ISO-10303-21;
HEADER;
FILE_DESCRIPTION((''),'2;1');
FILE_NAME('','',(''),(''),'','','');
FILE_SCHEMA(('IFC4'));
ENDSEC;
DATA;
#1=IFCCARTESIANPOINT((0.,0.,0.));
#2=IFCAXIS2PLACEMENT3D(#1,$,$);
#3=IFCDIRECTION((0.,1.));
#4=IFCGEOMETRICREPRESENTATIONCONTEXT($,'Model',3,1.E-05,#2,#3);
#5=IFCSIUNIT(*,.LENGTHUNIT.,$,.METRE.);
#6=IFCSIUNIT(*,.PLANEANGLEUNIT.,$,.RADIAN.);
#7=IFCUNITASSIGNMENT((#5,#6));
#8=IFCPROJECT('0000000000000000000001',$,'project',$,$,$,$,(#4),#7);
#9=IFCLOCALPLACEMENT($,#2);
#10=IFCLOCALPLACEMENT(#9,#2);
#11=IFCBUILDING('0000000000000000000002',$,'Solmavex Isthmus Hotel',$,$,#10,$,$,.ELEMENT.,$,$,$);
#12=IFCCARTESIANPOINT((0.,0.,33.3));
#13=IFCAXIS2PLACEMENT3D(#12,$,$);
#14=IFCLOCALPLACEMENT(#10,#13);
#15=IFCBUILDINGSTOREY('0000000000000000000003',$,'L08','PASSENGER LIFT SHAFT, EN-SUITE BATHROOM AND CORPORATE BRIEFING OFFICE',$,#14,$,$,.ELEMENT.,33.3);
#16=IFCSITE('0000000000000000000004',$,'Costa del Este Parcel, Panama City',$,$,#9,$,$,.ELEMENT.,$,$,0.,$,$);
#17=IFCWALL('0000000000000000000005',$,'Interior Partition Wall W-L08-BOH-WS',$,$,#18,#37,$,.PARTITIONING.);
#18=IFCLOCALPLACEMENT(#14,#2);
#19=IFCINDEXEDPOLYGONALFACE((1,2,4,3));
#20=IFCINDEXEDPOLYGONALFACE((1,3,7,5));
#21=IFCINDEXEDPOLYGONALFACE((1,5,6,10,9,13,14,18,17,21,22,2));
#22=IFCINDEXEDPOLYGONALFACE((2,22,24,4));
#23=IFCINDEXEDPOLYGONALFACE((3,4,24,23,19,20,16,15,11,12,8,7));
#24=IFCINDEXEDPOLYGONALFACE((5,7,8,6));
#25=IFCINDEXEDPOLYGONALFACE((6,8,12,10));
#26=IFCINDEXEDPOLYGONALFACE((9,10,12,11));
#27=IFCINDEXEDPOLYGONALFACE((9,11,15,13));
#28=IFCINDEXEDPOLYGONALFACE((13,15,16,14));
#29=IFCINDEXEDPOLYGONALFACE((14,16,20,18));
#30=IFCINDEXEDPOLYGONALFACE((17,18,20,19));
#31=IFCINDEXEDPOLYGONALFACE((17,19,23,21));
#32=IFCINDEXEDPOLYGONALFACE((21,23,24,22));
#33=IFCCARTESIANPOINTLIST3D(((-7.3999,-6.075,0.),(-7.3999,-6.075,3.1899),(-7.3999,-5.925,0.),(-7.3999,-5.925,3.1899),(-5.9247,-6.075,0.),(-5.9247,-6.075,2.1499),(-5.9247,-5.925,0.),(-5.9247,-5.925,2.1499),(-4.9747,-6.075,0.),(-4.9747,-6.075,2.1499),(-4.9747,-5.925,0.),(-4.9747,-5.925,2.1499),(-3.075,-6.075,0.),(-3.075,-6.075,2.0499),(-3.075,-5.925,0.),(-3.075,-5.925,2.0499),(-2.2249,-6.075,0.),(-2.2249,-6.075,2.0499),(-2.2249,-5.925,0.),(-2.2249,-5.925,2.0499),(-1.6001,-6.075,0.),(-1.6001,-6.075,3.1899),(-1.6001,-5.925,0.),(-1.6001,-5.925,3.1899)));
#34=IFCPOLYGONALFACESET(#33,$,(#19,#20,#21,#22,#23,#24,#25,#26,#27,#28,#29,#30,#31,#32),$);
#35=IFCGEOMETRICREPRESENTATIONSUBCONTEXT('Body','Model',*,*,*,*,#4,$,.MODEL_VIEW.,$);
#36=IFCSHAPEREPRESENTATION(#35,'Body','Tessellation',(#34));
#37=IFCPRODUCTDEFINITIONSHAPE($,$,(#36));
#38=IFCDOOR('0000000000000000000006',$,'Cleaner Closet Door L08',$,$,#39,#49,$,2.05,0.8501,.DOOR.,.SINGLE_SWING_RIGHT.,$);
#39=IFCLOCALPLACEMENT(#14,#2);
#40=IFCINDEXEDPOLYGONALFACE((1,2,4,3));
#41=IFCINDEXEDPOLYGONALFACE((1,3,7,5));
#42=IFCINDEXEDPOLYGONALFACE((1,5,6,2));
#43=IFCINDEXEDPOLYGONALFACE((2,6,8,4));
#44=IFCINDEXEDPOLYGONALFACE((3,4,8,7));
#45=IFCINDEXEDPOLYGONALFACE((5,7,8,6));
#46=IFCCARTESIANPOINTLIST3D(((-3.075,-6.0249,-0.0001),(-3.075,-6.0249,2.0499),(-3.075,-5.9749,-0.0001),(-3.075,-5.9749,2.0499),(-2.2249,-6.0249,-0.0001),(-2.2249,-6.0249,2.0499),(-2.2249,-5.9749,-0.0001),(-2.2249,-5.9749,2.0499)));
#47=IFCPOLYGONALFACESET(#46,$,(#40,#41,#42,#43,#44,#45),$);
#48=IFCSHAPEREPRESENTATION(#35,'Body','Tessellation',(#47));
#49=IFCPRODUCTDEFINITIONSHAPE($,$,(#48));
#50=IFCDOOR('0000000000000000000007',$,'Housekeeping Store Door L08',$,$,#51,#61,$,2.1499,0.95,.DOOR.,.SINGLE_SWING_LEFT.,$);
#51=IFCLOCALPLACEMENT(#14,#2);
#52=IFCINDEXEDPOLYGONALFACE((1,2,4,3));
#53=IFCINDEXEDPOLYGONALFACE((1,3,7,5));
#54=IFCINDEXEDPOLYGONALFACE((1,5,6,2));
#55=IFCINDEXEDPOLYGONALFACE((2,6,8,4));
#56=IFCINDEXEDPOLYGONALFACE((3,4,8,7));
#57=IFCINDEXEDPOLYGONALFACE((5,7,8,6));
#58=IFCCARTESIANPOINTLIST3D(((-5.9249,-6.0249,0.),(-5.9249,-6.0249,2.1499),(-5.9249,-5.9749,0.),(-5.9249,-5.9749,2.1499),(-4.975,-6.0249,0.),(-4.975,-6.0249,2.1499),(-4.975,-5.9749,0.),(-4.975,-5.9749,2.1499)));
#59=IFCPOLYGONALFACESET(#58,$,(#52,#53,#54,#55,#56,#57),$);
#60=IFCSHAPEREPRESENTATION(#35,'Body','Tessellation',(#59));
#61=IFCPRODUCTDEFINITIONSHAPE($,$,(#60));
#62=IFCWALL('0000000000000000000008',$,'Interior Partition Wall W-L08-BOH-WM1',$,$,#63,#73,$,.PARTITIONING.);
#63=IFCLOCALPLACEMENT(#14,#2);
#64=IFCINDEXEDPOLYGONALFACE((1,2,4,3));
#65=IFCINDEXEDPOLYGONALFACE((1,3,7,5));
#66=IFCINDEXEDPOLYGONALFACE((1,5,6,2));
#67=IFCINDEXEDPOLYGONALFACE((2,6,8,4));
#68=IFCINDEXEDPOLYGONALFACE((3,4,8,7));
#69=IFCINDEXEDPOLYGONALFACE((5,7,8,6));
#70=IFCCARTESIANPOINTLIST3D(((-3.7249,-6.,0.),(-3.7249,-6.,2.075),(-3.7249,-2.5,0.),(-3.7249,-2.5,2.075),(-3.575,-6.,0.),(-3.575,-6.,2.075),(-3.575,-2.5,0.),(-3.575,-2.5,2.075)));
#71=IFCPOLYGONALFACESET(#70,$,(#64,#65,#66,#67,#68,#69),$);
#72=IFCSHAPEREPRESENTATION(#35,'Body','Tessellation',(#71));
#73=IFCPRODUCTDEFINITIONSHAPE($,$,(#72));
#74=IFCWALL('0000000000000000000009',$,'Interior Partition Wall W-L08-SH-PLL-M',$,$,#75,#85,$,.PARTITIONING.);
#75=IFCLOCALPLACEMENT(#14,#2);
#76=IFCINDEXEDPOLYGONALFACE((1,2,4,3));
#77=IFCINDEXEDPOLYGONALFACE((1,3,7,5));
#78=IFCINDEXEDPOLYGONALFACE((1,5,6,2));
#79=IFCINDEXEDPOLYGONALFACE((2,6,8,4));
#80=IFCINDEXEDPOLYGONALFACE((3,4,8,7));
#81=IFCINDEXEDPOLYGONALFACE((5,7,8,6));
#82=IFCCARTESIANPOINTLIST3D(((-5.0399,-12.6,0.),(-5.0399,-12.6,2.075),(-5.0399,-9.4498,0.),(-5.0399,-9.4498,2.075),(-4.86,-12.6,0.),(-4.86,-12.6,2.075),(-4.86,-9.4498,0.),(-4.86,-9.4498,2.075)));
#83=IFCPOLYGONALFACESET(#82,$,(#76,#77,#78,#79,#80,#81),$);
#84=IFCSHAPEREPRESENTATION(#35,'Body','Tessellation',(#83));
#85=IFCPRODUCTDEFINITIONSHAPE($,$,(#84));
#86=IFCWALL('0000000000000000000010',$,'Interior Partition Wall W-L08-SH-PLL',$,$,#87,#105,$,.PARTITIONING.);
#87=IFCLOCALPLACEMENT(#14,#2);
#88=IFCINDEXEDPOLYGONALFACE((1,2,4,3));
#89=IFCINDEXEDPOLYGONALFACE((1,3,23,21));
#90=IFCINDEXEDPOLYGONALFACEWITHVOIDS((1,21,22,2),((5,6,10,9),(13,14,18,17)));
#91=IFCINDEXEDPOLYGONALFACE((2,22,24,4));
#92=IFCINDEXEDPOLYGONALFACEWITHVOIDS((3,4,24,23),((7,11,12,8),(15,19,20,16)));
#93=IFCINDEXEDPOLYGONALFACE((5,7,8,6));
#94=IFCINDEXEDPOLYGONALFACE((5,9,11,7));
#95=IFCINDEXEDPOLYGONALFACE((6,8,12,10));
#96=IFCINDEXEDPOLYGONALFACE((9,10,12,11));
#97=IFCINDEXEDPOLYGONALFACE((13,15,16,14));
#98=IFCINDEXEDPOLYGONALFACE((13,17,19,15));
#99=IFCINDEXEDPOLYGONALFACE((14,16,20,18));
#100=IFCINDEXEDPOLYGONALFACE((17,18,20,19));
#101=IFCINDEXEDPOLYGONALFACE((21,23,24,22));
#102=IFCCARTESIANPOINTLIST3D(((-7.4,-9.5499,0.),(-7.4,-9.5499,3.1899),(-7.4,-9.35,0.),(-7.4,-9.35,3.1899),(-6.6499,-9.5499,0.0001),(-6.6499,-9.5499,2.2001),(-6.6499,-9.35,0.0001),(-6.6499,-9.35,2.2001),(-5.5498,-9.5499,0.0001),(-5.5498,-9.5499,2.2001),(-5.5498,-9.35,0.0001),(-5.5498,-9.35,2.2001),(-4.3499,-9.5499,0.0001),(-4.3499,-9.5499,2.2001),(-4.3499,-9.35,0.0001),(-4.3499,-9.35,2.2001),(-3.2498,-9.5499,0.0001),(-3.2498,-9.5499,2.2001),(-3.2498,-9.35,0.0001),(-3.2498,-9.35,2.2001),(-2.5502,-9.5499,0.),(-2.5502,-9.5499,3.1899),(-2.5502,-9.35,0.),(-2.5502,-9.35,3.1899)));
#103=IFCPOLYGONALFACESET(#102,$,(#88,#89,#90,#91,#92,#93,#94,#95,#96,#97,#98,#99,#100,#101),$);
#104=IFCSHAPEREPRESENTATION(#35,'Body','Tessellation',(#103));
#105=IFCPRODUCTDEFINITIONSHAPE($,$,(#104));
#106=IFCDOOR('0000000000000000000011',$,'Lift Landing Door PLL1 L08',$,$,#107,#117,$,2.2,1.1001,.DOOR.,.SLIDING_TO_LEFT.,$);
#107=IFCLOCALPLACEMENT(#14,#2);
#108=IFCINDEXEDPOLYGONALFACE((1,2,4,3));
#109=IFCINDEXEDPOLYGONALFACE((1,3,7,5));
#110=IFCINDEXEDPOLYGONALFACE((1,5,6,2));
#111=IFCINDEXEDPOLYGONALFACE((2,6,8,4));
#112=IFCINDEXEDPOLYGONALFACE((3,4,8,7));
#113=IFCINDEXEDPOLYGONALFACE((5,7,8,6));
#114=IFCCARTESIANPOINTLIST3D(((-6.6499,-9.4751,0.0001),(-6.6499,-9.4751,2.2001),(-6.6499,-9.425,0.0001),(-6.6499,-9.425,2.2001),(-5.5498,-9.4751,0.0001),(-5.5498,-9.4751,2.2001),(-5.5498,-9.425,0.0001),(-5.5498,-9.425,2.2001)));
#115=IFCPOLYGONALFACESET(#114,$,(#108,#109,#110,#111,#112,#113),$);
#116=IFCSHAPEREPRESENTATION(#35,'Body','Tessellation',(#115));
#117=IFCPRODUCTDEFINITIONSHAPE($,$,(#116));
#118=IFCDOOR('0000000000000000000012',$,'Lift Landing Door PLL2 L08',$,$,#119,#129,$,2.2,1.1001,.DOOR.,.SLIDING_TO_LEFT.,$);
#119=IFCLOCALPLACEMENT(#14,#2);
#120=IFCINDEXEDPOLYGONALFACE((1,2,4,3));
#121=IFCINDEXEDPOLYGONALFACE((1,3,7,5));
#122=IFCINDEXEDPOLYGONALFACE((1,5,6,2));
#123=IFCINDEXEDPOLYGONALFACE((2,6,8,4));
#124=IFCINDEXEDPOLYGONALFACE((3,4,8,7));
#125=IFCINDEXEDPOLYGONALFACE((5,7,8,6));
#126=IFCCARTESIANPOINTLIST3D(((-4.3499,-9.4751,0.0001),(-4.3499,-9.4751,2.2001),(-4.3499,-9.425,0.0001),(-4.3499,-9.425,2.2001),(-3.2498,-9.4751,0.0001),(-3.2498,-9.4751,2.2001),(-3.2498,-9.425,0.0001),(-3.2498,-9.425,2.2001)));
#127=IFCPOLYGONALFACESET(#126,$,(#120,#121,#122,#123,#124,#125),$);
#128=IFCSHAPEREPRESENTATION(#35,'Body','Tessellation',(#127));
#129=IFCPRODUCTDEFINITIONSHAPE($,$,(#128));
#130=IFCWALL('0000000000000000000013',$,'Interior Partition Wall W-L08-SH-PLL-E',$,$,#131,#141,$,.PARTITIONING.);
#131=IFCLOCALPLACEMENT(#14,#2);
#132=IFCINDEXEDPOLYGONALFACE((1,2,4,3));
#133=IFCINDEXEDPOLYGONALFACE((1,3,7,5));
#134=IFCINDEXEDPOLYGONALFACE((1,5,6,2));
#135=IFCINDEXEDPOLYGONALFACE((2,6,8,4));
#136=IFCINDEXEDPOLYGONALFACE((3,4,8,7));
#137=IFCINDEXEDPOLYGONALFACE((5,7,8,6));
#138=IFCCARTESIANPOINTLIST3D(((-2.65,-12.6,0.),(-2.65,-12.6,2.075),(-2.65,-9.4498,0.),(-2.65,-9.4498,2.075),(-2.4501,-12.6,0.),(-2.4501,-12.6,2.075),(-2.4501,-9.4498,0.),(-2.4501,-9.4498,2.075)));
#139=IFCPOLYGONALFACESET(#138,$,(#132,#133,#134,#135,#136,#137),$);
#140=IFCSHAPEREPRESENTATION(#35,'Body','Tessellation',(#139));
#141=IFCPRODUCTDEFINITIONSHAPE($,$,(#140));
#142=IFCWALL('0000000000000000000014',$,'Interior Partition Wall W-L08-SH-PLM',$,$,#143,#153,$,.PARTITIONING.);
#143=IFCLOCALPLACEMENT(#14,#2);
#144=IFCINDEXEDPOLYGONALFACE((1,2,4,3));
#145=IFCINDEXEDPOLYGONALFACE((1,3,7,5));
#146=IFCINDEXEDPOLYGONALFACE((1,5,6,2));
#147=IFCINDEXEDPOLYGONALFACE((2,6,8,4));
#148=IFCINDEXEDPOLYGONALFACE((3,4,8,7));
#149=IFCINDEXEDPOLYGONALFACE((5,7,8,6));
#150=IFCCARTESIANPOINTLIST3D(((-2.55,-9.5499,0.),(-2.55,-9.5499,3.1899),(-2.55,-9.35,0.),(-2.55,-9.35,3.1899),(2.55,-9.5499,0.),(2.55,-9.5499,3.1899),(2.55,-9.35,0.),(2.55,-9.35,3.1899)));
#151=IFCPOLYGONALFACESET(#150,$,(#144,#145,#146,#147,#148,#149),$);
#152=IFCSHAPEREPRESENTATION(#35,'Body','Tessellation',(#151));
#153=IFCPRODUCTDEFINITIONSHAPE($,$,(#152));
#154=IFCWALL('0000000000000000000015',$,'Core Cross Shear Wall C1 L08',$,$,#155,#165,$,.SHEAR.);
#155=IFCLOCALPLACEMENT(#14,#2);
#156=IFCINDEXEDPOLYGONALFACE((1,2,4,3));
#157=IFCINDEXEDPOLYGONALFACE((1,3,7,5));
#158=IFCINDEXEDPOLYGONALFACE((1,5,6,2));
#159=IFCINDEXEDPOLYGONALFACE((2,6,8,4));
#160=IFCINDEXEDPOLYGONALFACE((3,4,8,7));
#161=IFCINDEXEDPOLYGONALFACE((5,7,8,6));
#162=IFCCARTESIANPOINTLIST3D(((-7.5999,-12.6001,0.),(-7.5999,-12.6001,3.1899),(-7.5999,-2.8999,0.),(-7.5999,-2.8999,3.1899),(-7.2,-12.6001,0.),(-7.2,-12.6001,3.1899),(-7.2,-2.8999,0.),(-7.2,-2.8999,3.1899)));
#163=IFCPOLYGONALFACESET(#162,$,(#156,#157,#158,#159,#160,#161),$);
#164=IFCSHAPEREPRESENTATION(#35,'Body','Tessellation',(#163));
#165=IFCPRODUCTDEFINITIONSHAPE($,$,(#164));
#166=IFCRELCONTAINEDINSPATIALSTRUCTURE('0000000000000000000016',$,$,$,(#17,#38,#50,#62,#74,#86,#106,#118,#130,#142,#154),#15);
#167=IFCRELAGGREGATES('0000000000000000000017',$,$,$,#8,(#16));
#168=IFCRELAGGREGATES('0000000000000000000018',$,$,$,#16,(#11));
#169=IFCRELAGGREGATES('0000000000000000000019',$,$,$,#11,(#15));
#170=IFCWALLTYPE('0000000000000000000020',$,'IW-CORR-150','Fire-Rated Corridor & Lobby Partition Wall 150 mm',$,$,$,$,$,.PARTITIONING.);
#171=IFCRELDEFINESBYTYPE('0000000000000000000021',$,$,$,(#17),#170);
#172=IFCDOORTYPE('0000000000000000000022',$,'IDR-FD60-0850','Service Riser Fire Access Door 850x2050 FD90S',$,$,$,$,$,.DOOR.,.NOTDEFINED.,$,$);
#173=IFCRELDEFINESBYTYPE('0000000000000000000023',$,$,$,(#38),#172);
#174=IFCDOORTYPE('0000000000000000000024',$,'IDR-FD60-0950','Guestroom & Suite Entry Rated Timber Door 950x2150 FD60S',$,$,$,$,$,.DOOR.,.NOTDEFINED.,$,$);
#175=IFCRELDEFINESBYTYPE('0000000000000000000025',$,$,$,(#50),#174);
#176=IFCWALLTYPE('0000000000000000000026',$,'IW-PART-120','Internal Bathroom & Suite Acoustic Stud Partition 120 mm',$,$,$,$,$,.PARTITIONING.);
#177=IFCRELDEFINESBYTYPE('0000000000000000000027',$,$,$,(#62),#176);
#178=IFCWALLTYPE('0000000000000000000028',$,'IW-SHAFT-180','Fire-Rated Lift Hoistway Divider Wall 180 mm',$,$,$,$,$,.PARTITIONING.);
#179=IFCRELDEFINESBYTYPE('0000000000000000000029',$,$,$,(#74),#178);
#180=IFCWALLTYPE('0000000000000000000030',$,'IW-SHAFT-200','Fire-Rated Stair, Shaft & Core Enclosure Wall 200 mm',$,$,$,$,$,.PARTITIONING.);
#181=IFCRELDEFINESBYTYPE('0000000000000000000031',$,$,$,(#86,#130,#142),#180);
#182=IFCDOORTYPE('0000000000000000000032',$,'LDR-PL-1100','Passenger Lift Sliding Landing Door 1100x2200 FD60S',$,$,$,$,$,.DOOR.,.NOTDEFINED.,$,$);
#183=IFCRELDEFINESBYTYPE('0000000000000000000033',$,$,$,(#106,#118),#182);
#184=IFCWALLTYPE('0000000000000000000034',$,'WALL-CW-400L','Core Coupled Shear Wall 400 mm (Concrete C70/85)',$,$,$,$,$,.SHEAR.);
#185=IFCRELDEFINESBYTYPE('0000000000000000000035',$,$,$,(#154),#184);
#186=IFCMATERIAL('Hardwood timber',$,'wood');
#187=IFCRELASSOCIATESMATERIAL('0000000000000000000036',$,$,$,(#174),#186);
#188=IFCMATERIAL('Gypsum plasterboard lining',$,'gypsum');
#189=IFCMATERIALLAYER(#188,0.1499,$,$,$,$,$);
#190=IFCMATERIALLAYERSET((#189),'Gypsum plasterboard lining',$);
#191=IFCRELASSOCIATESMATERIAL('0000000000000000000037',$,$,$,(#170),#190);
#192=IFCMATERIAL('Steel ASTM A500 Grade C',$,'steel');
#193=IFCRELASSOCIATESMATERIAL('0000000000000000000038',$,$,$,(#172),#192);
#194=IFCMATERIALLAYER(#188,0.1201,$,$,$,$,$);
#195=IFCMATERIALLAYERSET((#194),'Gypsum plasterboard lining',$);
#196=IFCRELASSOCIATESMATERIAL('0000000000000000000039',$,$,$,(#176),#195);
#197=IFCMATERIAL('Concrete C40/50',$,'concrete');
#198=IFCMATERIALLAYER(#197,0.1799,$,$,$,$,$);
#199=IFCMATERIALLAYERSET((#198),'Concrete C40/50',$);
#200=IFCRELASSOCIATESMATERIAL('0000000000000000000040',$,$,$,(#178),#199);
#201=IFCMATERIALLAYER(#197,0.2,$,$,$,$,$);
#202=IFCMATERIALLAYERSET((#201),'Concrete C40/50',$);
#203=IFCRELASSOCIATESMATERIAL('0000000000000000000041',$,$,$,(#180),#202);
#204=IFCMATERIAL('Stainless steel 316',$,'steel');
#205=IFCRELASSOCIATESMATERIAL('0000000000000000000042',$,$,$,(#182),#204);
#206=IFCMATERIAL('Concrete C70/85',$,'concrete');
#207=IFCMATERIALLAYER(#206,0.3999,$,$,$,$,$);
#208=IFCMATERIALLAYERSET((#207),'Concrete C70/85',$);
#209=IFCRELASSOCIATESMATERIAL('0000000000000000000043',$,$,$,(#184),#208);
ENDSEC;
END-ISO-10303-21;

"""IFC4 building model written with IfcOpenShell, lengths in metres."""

from ifc_helpers import new_model, si_unit, direction, frame, frame_2d, origin, place, context, subcontext, project, spatial, rectangle, extrude, material, layer, layer_set, type_object, element, fill, save


model = new_model("IFC4")

# Units and contexts
model_context = context("Model", 3, precision=1e-05, world=origin(), true_north=direction((0.0, 1.0)))
body_context = subcontext(model_context, "Body", "Model", "MODEL_VIEW")
ifc_project = project(units=[si_unit("LENGTHUNIT", "METRE"), si_unit("PLANEANGLEUNIT", "RADIAN")], contexts=[model_context])

# Site, building, storey
site_placement = place(None, origin())
site = spatial("IfcSite", under=ifc_project, at=site_placement, Name="Costa del Este Parcel, Panama City", CompositionType="ELEMENT", RefElevation=0.0)
building_placement = place(site_placement, origin())
building = spatial("IfcBuilding", under=site, at=building_placement, Name="Solmavex Isthmus Hotel", CompositionType="ELEMENT")
storey_placement = place(building_placement, frame((0.0, 0.0, 33.3)))
storey = spatial("IfcBuildingStorey", under=building, at=storey_placement, Name="L08", Description="PASSENGER LIFT SHAFT, EN-SUITE BATHROOM AND CORPORATE BRIEFING OFFICE", CompositionType="ELEMENT", Elevation=33.3)

# Shared definitions
ifc_material_1 = material(Name="Concrete C70/85", Category="concrete")

# Shared definitions
ifc_material_2 = material(Name="Gypsum plasterboard lining", Category="gypsum")
ifc_material_3 = material(Name="Hardwood timber", Category="wood")
door_type_1 = type_object("IfcDoorType", Name="IDR-FD60-0950", Description="Guestroom & Suite Entry Rated Timber Door 950x2150 FD60S", OperationType="NOTDEFINED", PredefinedType="DOOR", material=ifc_material_3)

# Wall, openings, doors
ifc_layer_1 = layer(ifc_material_2, 0.1499)
ifc_layer_set_1 = layer_set([ifc_layer_1], Name="Gypsum plasterboard lining")
wall_type_1 = type_object("IfcWallType", Name="IW-CORR-150", Description="Fire-Rated Corridor & Lobby Partition Wall 150 mm", PredefinedType="PARTITIONING", material=ifc_layer_set_1)
wall_1_placement = place(storey_placement, frame((-7.3999, -6.0, 0.0), z_axis=(0.0, 0.0, 1.0), x_axis=(1.0, 0.0, 0.0)))
wall_1 = element("IfcWall", 1, at=wall_1_placement, inside=storey, type_object=wall_type_1, Name="Interior Partition Wall W-L08-BOH-WS", PredefinedType="PARTITIONING", context=body_context, shape_type="SweptSolid", body=[
    extrude(rectangle(XDim=5.7998, YDim=0.1499, at=frame_2d((2.8999, 0.0))), origin(), (0.0, 0.0, 1.0), 3.1899),
])
opening_1_placement = place(wall_1_placement, frame((1.4751, 0.0, 0.0)))
opening_1 = element("IfcOpeningElement", 2, at=opening_1_placement, cuts=wall_1, PredefinedType="OPENING", context=body_context, shape_type="SweptSolid", body=[
    extrude(rectangle(XDim=0.95, YDim=2.1499, at=frame_2d((0.4751, 1.075))), frame((0.0, 0.085, 0.0), z_axis=(0.0, -1.0, 0.0), x_axis=(1.0, 0.0, 0.0)), (0.0, 0.0, 1.0), 0.1699),
])
opening_2_placement = place(wall_1_placement, frame((4.325, 0.0, 0.0)))
opening_2 = element("IfcOpeningElement", 3, at=opening_2_placement, cuts=wall_1, PredefinedType="OPENING", context=body_context, shape_type="SweptSolid", body=[
    extrude(rectangle(XDim=0.8501, YDim=2.05, at=frame_2d((0.425, 1.0249))), frame((0.0, 0.085, 0.0), z_axis=(0.0, -1.0, 0.0), x_axis=(1.0, 0.0, 0.0)), (0.0, 0.0, 1.0), 0.1699),
])
ifc_material_4 = material(Name="Steel ASTM A500 Grade C", Category="steel")
door_type_2 = type_object("IfcDoorType", Name="IDR-FD60-0850", Description="Service Riser Fire Access Door 850x2050 FD90S", OperationType="NOTDEFINED", PredefinedType="DOOR", material=ifc_material_4)
door_1_placement = place(opening_2_placement, frame((0.8501, 0.0, 0.0), z_axis=(0.0, 0.0, 1.0), x_axis=(-1.0, 0.0, 0.0)))
door_1 = element("IfcDoor", 4, at=door_1_placement, inside=storey, type_object=door_type_2, Name="Cleaner Closet Door L08", OperationType="SINGLE_SWING_RIGHT", OverallHeight=2.05, OverallWidth=0.8501, PredefinedType="DOOR", context=body_context, shape_type="SweptSolid", body=[
    extrude(rectangle(XDim=0.8501, YDim=2.05, at=frame_2d((0.425, 1.0249))), frame((0.0, 0.0249, 0.0), z_axis=(0.0, -1.0, 0.0), x_axis=(1.0, 0.0, 0.0)), (0.0, 0.0, 1.0), 0.05),
])
fill(opening_2, door_1)
door_2_placement = place(opening_1_placement, frame((0.95, 0.0, 0.0), z_axis=(0.0, 0.0, 1.0), x_axis=(-1.0, 0.0, 0.0)))
door_2 = element("IfcDoor", 5, at=door_2_placement, inside=storey, type_object=door_type_1, Name="Housekeeping Store Door L08", OperationType="SINGLE_SWING_LEFT", OverallHeight=2.1499, OverallWidth=0.95, PredefinedType="DOOR", context=body_context, shape_type="SweptSolid", body=[
    extrude(rectangle(XDim=0.95, YDim=2.1499, at=frame_2d((0.4751, 1.075))), frame((0.0, 0.0249, 0.0), z_axis=(0.0, -1.0, 0.0), x_axis=(1.0, 0.0, 0.0)), (0.0, 0.0, 1.0), 0.05),
])
fill(opening_1, door_2)

# Walls
ifc_layer_2 = layer(ifc_material_2, 0.1201)
ifc_layer_set_2 = layer_set([ifc_layer_2], Name="Gypsum plasterboard lining")
wall_type_2 = type_object("IfcWallType", Name="IW-PART-120", Description="Internal Bathroom & Suite Acoustic Stud Partition 120 mm", PredefinedType="PARTITIONING", material=ifc_layer_set_2)
wall_2_placement = place(storey_placement, frame((-3.6499, -6.0, 0.0), z_axis=(0.0, 0.0, 1.0), x_axis=(0.0, 1.0, 0.0)))
element("IfcWall", 6, at=wall_2_placement, inside=storey, type_object=wall_type_2, Name="Interior Partition Wall W-L08-BOH-WM1", PredefinedType="PARTITIONING", context=body_context, shape_type="SweptSolid", body=[
    extrude(rectangle(XDim=3.5, YDim=0.1499, at=frame_2d((1.75, 0.0))), origin(), (0.0, 0.0, 1.0), 2.075),
])
ifc_material_5 = material(Name="Concrete C40/50", Category="concrete")
ifc_layer_3 = layer(ifc_material_5, 0.1799)
ifc_layer_set_3 = layer_set([ifc_layer_3], Name="Concrete C40/50")
wall_type_3 = type_object("IfcWallType", Name="IW-SHAFT-180", Description="Fire-Rated Lift Hoistway Divider Wall 180 mm", PredefinedType="PARTITIONING", material=ifc_layer_set_3)
wall_3_placement = place(storey_placement, frame((-4.95, -12.6001, 0.0), z_axis=(0.0, 0.0, 1.0), x_axis=(0.0, 1.0, 0.0)))
element("IfcWall", 7, at=wall_3_placement, inside=storey, type_object=wall_type_3, Name="Interior Partition Wall W-L08-SH-PLL-M", PredefinedType="PARTITIONING", context=body_context, shape_type="SweptSolid", body=[
    extrude(rectangle(XDim=3.1501, YDim=0.1799, at=frame_2d((1.5752, 0.0))), origin(), (0.0, 0.0, 1.0), 2.075),
])

# Wall, openings, doors
ifc_layer_4 = layer(ifc_material_5, 0.2)
ifc_layer_set_4 = layer_set([ifc_layer_4], Name="Concrete C40/50")
wall_type_4 = type_object("IfcWallType", Name="IW-SHAFT-200", Description="Fire-Rated Stair, Shaft & Core Enclosure Wall 200 mm", PredefinedType="PARTITIONING", material=ifc_layer_set_4)
wall_4_placement = place(storey_placement, frame((-7.3999, -9.45, 0.0), z_axis=(0.0, 0.0, 1.0), x_axis=(1.0, 0.0, 0.0)))
wall_4 = element("IfcWall", 8, at=wall_4_placement, inside=storey, type_object=wall_type_4, Name="Interior Partition Wall W-L08-SH-PLL", PredefinedType="PARTITIONING", context=body_context, shape_type="SweptSolid", body=[
    extrude(rectangle(XDim=4.8499, YDim=0.2, at=frame_2d((2.4248, 0.0))), origin(), (0.0, 0.0, 1.0), 3.1899),
])
opening_3_placement = place(wall_4_placement, frame((0.75, 0.0, 0.0)))
opening_3 = element("IfcOpeningElement", 9, at=opening_3_placement, cuts=wall_4, PredefinedType="OPENING", context=body_context, shape_type="SweptSolid", body=[
    extrude(rectangle(XDim=1.1001, YDim=2.2, at=frame_2d((0.55, 1.1001))), frame((0.0, 0.1099, 0.0), z_axis=(0.0, -1.0, 0.0), x_axis=(1.0, 0.0, 0.0)), (0.0, 0.0, 1.0), 0.22),
])
opening_4_placement = place(wall_4_placement, frame((3.05, 0.0, 0.0)))
opening_4 = element("IfcOpeningElement", 10, at=opening_4_placement, cuts=wall_4, PredefinedType="OPENING", context=body_context, shape_type="SweptSolid", body=[
    extrude(rectangle(XDim=1.1001, YDim=2.2, at=frame_2d((0.55, 1.1001))), frame((0.0, 0.1099, 0.0), z_axis=(0.0, -1.0, 0.0), x_axis=(1.0, 0.0, 0.0)), (0.0, 0.0, 1.0), 0.22),
])
ifc_material_6 = material(Name="Stainless steel 316", Category="steel")
door_type_3 = type_object("IfcDoorType", Name="LDR-PL-1100", Description="Passenger Lift Sliding Landing Door 1100x2200 FD60S", OperationType="NOTDEFINED", PredefinedType="DOOR", material=ifc_material_6)
door_3_placement = place(opening_3_placement, origin())
door_3 = element("IfcDoor", 11, at=door_3_placement, inside=storey, type_object=door_type_3, Name="Lift Landing Door PLL1 L08", OperationType="SLIDING_TO_LEFT", OverallHeight=2.2, OverallWidth=1.1001, PredefinedType="DOOR", context=body_context, shape_type="SweptSolid", body=[
    extrude(rectangle(XDim=1.1001, YDim=2.2, at=frame_2d((0.55, 1.1001))), frame((0.0, 0.0249, 0.0), z_axis=(0.0, -1.0, 0.0), x_axis=(1.0, 0.0, 0.0)), (0.0, 0.0, 1.0), 0.05),
])
fill(opening_3, door_3)
door_4_placement = place(opening_4_placement, origin())
door_4 = element("IfcDoor", 12, at=door_4_placement, inside=storey, type_object=door_type_3, Name="Lift Landing Door PLL2 L08", OperationType="SLIDING_TO_LEFT", OverallHeight=2.2, OverallWidth=1.1001, PredefinedType="DOOR", context=body_context, shape_type="SweptSolid", body=[
    extrude(rectangle(XDim=1.1001, YDim=2.2, at=frame_2d((0.55, 1.1001))), frame((0.0, 0.0249, 0.0), z_axis=(0.0, -1.0, 0.0), x_axis=(1.0, 0.0, 0.0)), (0.0, 0.0, 1.0), 0.05),
])
fill(opening_4, door_4)

# Walls
wall_5_placement = place(storey_placement, frame((-2.55, -12.6001, 0.0), z_axis=(0.0, 0.0, 1.0), x_axis=(0.0, 1.0, 0.0)))
element("IfcWall", 13, at=wall_5_placement, inside=storey, type_object=wall_type_4, Name="Interior Partition Wall W-L08-SH-PLL-E", PredefinedType="PARTITIONING", context=body_context, shape_type="SweptSolid", body=[
    extrude(rectangle(XDim=3.1501, YDim=0.2, at=frame_2d((1.5752, 0.0))), origin(), (0.0, 0.0, 1.0), 2.075),
])
wall_6_placement = place(storey_placement, frame((-2.55, -9.45, 0.0), z_axis=(0.0, 0.0, 1.0), x_axis=(1.0, 0.0, 0.0)))
element("IfcWall", 14, at=wall_6_placement, inside=storey, type_object=wall_type_4, Name="Interior Partition Wall W-L08-SH-PLM", PredefinedType="PARTITIONING", context=body_context, shape_type="SweptSolid", body=[
    extrude(rectangle(XDim=5.1001, YDim=0.2, at=frame_2d((2.55, 0.0))), origin(), (0.0, 0.0, 1.0), 3.1899),
])
ifc_layer_5 = layer(ifc_material_1, 0.3999)
ifc_layer_set_5 = layer_set([ifc_layer_5], Name="Concrete C70/85")
wall_type_5 = type_object("IfcWallType", Name="WALL-CW-400L", Description="Core Coupled Shear Wall 400 mm (Concrete C70/85)", PredefinedType="SHEAR", material=ifc_layer_set_5)
wall_7_placement = place(storey_placement, frame((-7.3999, -12.6001, 0.0), z_axis=(0.0, 0.0, 1.0), x_axis=(0.0, 1.0, 0.0)))
element("IfcWall", 15, at=wall_7_placement, inside=storey, type_object=wall_type_5, Name="Core Cross Shear Wall C1 L08", PredefinedType="SHEAR", context=body_context, shape_type="SweptSolid", body=[
    extrude(rectangle(XDim=9.7002, YDim=0.3999, at=frame_2d((4.8501, 0.0))), origin(), (0.0, 0.0, 1.0), 3.1899),
])

save(model, "model.ifc")
